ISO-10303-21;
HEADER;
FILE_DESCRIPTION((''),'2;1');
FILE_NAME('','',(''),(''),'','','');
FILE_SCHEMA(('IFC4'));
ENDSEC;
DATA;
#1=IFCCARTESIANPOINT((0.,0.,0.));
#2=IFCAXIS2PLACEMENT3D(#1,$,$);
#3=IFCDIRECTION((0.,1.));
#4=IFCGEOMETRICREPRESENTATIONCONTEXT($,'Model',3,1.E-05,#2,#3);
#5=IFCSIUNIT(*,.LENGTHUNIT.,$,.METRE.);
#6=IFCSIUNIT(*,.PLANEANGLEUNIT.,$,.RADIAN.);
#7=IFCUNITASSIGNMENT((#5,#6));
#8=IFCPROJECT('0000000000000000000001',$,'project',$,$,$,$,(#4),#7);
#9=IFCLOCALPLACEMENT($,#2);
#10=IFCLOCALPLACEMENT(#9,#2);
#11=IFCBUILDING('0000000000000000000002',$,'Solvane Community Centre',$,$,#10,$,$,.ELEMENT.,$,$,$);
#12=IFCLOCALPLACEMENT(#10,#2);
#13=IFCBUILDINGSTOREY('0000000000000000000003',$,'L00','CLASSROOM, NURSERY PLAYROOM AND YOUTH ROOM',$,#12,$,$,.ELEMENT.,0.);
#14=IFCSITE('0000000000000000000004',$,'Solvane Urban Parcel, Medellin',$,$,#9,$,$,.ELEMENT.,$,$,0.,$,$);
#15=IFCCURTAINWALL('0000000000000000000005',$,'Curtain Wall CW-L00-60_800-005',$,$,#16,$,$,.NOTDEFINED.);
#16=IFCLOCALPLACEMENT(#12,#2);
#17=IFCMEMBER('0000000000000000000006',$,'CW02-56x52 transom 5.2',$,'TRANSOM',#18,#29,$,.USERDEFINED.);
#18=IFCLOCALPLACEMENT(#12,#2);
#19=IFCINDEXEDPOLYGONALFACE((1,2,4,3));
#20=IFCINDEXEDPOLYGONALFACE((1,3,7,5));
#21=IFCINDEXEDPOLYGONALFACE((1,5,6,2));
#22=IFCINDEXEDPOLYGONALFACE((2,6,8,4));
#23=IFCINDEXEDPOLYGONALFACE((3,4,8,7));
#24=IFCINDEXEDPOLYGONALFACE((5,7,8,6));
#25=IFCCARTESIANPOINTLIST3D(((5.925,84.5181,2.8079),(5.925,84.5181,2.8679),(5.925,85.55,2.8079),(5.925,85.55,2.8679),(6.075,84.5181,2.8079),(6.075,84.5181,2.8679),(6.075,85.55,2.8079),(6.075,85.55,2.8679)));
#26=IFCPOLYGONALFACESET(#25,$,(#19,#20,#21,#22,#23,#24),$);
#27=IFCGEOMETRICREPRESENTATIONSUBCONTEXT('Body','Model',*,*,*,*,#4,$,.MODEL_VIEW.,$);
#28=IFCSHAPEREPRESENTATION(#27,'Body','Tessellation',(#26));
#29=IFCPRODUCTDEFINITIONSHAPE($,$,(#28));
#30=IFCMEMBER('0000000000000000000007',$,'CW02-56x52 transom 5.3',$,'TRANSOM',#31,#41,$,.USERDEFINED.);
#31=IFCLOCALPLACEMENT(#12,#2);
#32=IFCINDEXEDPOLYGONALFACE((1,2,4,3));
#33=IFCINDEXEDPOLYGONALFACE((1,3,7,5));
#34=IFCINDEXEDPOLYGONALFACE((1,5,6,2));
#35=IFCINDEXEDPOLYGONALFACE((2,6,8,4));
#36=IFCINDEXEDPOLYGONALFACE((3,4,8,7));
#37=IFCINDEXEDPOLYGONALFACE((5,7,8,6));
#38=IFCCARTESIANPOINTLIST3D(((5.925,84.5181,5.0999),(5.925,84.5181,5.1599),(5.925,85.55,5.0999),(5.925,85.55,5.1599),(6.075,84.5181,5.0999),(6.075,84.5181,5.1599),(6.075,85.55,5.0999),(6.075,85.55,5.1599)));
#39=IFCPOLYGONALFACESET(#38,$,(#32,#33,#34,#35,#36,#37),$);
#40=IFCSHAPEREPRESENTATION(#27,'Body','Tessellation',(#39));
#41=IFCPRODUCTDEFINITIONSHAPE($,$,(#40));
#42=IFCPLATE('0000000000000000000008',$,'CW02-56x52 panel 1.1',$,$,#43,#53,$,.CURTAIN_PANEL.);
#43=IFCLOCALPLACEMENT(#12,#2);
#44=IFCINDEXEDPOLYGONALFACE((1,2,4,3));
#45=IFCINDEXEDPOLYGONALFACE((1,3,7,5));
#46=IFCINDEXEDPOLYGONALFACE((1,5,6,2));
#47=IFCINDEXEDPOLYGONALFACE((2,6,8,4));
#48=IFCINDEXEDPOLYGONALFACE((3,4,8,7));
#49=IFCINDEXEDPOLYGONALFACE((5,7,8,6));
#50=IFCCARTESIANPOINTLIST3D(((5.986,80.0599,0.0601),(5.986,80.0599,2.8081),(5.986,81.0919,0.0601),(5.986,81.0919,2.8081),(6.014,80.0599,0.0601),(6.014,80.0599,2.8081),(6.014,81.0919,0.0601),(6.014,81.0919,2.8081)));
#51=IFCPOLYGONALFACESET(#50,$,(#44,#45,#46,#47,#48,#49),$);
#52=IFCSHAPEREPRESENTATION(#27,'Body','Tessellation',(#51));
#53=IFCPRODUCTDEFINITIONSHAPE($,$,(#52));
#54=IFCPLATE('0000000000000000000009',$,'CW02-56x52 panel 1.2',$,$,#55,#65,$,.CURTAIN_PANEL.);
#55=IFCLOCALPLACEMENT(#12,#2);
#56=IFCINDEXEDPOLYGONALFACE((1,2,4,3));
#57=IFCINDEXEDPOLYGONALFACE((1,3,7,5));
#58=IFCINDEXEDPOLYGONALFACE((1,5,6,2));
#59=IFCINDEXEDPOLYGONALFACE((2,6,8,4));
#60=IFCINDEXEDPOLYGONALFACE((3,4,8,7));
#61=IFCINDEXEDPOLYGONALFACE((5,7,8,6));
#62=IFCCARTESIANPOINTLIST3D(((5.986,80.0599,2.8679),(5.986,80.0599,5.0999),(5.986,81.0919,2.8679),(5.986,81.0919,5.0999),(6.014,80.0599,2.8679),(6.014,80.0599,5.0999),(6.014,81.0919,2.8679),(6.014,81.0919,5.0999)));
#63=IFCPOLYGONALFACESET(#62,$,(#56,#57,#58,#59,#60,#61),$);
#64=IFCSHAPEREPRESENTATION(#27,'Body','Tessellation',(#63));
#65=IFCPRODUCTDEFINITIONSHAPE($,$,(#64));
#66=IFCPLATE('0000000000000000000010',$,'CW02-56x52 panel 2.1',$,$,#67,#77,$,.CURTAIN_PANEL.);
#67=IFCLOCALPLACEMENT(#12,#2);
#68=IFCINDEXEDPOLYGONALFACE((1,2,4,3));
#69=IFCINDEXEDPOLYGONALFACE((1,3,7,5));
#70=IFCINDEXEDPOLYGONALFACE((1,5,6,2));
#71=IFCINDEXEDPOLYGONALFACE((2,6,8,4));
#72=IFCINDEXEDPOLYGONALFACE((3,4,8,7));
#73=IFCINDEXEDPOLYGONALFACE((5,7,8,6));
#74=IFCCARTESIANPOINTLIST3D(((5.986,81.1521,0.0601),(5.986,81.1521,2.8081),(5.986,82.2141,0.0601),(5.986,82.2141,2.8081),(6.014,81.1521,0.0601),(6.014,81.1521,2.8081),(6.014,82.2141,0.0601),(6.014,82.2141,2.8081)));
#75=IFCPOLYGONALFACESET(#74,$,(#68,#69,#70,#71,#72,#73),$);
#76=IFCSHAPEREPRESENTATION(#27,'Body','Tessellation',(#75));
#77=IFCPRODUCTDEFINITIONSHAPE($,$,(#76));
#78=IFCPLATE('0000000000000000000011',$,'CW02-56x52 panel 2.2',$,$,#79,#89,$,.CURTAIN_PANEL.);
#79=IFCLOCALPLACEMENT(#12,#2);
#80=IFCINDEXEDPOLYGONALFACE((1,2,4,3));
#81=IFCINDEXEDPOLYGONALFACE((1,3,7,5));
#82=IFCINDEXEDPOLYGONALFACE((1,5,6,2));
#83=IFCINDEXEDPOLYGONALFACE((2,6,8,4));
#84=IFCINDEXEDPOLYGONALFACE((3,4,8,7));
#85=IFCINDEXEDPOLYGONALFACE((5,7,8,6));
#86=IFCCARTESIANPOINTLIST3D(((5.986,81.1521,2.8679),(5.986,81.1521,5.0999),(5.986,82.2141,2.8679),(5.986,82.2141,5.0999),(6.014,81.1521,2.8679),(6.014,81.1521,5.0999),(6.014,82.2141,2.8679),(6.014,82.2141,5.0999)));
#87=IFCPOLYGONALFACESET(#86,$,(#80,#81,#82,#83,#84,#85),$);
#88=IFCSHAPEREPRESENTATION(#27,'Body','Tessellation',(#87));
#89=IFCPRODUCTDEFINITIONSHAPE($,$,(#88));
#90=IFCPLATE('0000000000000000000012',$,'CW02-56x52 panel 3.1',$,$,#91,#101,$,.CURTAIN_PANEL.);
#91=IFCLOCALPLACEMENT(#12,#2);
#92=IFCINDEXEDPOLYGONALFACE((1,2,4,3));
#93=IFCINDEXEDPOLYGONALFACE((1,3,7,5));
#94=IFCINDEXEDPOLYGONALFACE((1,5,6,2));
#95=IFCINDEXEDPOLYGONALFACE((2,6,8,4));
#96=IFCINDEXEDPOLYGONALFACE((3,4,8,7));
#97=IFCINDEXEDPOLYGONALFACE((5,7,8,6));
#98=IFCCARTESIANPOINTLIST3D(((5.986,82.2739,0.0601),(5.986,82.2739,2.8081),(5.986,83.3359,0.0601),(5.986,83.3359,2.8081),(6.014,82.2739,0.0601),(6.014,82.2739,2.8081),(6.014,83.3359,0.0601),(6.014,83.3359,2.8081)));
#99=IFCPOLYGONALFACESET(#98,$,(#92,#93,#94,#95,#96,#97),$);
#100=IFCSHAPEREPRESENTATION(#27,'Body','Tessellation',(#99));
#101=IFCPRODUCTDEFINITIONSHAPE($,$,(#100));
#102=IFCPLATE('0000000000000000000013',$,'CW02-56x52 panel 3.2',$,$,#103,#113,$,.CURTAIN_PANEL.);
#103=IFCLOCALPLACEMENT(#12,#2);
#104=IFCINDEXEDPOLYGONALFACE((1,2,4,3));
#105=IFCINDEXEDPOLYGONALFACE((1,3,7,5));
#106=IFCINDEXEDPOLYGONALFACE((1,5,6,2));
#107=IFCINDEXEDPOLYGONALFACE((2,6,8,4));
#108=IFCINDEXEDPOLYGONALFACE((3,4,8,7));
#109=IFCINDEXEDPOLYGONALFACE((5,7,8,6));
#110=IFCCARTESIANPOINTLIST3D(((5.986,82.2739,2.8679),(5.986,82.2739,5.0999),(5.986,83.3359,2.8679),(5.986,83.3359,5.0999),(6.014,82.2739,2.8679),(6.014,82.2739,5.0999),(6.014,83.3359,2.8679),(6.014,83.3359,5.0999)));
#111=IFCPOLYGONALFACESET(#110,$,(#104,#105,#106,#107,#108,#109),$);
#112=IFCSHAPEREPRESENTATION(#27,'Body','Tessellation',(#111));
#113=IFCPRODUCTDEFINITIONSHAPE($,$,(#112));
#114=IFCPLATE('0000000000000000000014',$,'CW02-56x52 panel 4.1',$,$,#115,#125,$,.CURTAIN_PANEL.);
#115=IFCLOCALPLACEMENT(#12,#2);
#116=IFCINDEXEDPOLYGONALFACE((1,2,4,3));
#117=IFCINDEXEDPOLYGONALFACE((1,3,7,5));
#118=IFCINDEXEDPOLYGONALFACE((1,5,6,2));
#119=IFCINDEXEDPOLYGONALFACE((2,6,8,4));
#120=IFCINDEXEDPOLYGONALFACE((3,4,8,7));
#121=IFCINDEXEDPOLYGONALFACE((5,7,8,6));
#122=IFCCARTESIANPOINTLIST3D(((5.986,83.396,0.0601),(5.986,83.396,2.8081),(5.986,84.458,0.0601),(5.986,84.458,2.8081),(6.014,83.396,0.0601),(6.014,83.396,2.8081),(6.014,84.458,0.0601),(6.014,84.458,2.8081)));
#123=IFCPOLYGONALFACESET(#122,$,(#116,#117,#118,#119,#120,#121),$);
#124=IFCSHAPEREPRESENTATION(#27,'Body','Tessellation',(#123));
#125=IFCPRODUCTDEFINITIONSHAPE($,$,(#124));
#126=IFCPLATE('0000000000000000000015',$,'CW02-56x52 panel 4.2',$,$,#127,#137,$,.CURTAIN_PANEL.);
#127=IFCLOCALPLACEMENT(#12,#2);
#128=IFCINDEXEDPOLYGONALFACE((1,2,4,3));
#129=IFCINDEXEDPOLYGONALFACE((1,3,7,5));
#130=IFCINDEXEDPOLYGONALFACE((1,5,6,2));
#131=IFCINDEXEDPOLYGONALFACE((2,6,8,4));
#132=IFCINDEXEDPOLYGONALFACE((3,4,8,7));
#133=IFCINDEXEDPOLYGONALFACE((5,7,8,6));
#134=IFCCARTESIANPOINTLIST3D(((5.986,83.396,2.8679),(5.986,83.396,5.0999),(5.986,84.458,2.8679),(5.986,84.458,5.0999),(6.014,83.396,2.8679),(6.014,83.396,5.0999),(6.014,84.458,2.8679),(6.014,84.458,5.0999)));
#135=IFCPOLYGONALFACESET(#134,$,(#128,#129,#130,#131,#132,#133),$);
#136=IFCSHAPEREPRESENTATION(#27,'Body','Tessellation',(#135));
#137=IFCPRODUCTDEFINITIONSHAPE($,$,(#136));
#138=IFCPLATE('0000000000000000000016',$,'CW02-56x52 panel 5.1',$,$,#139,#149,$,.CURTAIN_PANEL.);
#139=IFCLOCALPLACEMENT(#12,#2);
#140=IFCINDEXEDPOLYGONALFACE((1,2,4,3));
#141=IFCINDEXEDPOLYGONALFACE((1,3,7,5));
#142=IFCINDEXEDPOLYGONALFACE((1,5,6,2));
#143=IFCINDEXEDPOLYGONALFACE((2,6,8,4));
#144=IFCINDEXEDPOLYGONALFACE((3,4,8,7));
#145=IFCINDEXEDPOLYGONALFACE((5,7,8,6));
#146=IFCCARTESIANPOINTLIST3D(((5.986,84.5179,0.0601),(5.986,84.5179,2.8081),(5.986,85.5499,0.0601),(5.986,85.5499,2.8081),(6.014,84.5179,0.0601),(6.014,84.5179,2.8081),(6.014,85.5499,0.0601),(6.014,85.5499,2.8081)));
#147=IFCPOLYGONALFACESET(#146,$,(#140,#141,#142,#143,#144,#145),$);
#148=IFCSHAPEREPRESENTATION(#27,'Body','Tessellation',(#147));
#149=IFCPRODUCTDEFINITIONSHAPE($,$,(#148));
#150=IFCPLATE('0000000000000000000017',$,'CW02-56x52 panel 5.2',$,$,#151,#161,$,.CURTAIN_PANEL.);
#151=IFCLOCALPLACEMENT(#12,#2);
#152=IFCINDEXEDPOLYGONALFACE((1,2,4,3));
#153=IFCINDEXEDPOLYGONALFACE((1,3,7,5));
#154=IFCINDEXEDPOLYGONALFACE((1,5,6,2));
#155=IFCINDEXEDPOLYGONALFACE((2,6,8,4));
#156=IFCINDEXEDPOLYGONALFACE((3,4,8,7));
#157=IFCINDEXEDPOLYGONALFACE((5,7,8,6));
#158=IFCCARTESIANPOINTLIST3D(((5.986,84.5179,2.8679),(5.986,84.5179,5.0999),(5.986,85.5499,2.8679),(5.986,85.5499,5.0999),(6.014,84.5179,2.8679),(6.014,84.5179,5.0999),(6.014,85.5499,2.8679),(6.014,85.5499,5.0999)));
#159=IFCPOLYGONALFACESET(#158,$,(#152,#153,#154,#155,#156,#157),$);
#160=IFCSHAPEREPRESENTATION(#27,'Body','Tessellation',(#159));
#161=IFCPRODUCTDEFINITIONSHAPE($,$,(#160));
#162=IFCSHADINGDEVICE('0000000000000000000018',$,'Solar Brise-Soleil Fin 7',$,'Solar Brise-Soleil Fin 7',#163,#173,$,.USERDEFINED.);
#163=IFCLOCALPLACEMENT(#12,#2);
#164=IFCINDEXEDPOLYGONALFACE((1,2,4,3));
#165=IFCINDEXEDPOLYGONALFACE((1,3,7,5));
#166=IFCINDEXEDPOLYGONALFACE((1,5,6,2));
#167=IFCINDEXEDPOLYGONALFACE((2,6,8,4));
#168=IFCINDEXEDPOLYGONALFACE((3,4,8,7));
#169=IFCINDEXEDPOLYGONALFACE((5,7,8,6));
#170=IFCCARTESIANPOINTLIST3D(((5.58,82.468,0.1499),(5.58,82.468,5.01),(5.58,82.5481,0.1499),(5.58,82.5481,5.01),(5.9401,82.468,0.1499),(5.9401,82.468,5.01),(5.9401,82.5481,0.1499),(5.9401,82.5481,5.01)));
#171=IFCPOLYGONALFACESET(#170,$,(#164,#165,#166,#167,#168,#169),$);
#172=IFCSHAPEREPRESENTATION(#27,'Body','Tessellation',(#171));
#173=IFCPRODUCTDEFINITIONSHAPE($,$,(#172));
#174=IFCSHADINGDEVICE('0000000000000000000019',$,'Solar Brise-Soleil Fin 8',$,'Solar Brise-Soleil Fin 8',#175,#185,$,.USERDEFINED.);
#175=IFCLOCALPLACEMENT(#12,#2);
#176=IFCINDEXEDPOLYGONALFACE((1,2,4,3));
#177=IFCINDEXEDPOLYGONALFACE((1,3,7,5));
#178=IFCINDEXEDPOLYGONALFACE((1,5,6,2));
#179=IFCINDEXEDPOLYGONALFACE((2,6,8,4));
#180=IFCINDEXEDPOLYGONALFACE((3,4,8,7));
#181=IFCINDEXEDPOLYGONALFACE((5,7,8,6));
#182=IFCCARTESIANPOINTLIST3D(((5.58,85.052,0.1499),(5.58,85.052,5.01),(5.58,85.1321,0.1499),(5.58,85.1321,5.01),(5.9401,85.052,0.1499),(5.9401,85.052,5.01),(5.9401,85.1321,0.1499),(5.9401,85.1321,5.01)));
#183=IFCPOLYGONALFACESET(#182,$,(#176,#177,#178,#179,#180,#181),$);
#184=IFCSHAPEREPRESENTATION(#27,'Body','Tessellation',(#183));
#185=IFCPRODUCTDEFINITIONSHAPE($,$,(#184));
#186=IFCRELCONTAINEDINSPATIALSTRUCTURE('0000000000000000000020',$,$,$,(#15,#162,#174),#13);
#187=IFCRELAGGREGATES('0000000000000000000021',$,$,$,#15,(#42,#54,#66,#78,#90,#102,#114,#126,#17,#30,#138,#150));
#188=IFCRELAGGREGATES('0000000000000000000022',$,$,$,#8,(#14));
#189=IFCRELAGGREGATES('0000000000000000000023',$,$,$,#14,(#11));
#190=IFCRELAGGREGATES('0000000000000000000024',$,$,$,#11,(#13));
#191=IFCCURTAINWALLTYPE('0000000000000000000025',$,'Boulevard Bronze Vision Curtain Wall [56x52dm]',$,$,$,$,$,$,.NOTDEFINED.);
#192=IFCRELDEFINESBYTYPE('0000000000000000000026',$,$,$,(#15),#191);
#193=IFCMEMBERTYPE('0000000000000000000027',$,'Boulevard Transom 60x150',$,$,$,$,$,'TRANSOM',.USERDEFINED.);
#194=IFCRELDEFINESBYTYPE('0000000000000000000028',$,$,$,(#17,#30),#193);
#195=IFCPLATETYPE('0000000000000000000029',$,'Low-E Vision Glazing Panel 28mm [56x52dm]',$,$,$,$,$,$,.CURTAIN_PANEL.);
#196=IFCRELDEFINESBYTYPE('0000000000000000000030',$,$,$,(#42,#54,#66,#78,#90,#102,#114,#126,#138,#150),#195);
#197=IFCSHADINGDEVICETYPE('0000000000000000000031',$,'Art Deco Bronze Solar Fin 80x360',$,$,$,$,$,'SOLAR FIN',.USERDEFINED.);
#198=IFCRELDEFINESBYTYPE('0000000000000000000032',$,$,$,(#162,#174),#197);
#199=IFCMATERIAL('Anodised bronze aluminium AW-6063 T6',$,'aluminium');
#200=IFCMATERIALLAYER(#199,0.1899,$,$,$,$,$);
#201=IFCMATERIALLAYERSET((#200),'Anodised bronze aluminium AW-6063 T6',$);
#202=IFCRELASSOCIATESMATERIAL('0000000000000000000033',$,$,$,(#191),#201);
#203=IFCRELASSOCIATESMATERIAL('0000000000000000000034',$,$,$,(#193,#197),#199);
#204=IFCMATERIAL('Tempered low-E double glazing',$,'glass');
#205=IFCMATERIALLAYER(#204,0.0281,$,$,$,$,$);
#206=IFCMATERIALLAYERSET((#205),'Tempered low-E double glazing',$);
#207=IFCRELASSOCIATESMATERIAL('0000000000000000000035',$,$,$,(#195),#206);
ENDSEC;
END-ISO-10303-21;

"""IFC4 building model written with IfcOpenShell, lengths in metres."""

from ifc_helpers import new_model, si_unit, direction, frame, origin, origin_2d, place, context, subcontext, project, spatial, rectangle, extrude, material, layer, layer_set, material_profile, profile_set, type_object, element, aggregate, save


model = new_model("IFC4")

# Units and contexts
model_context = context("Model", 3, precision=1e-05, world=origin(), true_north=direction((0.0, 1.0)))
body_context = subcontext(model_context, "Body", "Model", "MODEL_VIEW")
ifc_project = project(units=[si_unit("LENGTHUNIT", "METRE"), si_unit("PLANEANGLEUNIT", "RADIAN")], contexts=[model_context])

# Site, building, storey
site_placement = place(None, origin())
site = spatial("IfcSite", under=ifc_project, at=site_placement, Name="Solvane Urban Parcel, Medellin", CompositionType="ELEMENT", RefElevation=0.0)
building_placement = place(site_placement, origin())
building = spatial("IfcBuilding", under=site, at=building_placement, Name="Solvane Community Centre", CompositionType="ELEMENT")
storey_placement = place(building_placement, origin())
storey = spatial("IfcBuildingStorey", under=building, at=storey_placement, Name="L00", Description="CLASSROOM, NURSERY PLAYROOM AND YOUTH ROOM", CompositionType="ELEMENT", Elevation=0.0)

# Curtain wall, members, plates
ifc_material_1 = material(Name="Anodised bronze aluminium AW-6063 T6", Category="aluminium")
ifc_layer_1 = layer(ifc_material_1, 0.1899)
ifc_layer_set_1 = layer_set([ifc_layer_1], Name="Anodised bronze aluminium AW-6063 T6")
curtain_wall_type = type_object("IfcCurtainWallType", Name="Boulevard Bronze Vision Curtain Wall [56x52dm]", PredefinedType="NOTDEFINED", material=ifc_layer_set_1)
curtain_wall_placement = place(storey_placement, origin())
curtain_wall = element("IfcCurtainWall", 1, at=curtain_wall_placement, inside=storey, type_object=curtain_wall_type, Name="Curtain Wall CW-L00-60_800-005", PredefinedType="NOTDEFINED")
ifc_material_profile_1 = material_profile(ifc_material_1, rectangle(XDim=0.1499, YDim=0.0601, at=origin_2d()), Name="CW-T 60x150")
ifc_profile_set_1 = profile_set([ifc_material_profile_1], Name="Anodised bronze aluminium AW-6063 T6")
member_type_1 = type_object("IfcMemberType", Name="Boulevard Transom 60x150", ElementType="TRANSOM", PredefinedType="USERDEFINED", material=ifc_profile_set_1)
member_1_placement = place(storey_placement, frame((6.0, 84.5181, 2.8379), z_axis=(0.0, 1.0, 0.0), x_axis=(-1.0, 0.0, 0.0)))
member_1 = element("IfcMember", 2, at=member_1_placement, type_object=member_type_1, Name="CW02-56x52 transom 5.2", ObjectType="TRANSOM", PredefinedType="USERDEFINED", context=body_context, shape_type="SweptSolid", body=[
    extrude(rectangle(XDim=0.1499, YDim=0.0601, at=origin_2d()), origin(), (0.0, 0.0, 1.0), 1.032),
])
member_2_placement = place(storey_placement, frame((6.0, 84.5181, 5.1299), z_axis=(0.0, 1.0, 0.0), x_axis=(-1.0, 0.0, 0.0)))
member_2 = element("IfcMember", 3, at=member_2_placement, type_object=member_type_1, Name="CW02-56x52 transom 5.3", ObjectType="TRANSOM", PredefinedType="USERDEFINED", context=body_context, shape_type="SweptSolid", body=[
    extrude(rectangle(XDim=0.1499, YDim=0.0601, at=origin_2d()), origin(), (0.0, 0.0, 1.0), 1.032),
])
ifc_material_2 = material(Name="Tempered low-E double glazing", Category="glass")
ifc_layer_2 = layer(ifc_material_2, 0.0281)
ifc_layer_set_2 = layer_set([ifc_layer_2], Name="Tempered low-E double glazing")
plate_type = type_object("IfcPlateType", Name="Low-E Vision Glazing Panel 28mm [56x52dm]", PredefinedType="CURTAIN_PANEL", material=ifc_layer_set_2)
plate_1_placement = place(storey_placement, frame((6.0, 80.5759, 0.0601), z_axis=(0.0, 0.0, 1.0), x_axis=(0.0, 1.0, 0.0)))
plate_1 = element("IfcPlate", 4, at=plate_1_placement, type_object=plate_type, Name="CW02-56x52 panel 1.1", PredefinedType="CURTAIN_PANEL", context=body_context, shape_type="SweptSolid", body=[
    extrude(rectangle(XDim=1.032, YDim=0.0281, at=origin_2d()), origin(), (0.0, 0.0, 1.0), 2.748),
])
plate_2_placement = place(storey_placement, frame((6.0, 80.5759, 2.8679), z_axis=(0.0, 0.0, 1.0), x_axis=(0.0, 1.0, 0.0)))
plate_2 = element("IfcPlate", 5, at=plate_2_placement, type_object=plate_type, Name="CW02-56x52 panel 1.2", PredefinedType="CURTAIN_PANEL", context=body_context, shape_type="SweptSolid", body=[
    extrude(rectangle(XDim=1.032, YDim=0.0281, at=origin_2d()), origin(), (0.0, 0.0, 1.0), 2.2319),
])
plate_3_placement = place(storey_placement, frame((6.0, 81.6831, 0.0601), z_axis=(0.0, 0.0, 1.0), x_axis=(0.0, 1.0, 0.0)))
plate_3 = element("IfcPlate", 6, at=plate_3_placement, type_object=plate_type, Name="CW02-56x52 panel 2.1", PredefinedType="CURTAIN_PANEL", context=body_context, shape_type="SweptSolid", body=[
    extrude(rectangle(XDim=1.062, YDim=0.0281, at=origin_2d()), origin(), (0.0, 0.0, 1.0), 2.748),
])
plate_4_placement = place(storey_placement, frame((6.0, 81.6831, 2.8679), z_axis=(0.0, 0.0, 1.0), x_axis=(0.0, 1.0, 0.0)))
plate_4 = element("IfcPlate", 7, at=plate_4_placement, type_object=plate_type, Name="CW02-56x52 panel 2.2", PredefinedType="CURTAIN_PANEL", context=body_context, shape_type="SweptSolid", body=[
    extrude(rectangle(XDim=1.062, YDim=0.0281, at=origin_2d()), origin(), (0.0, 0.0, 1.0), 2.2319),
])
plate_5_placement = place(storey_placement, frame((6.0, 82.8049, 0.0601), z_axis=(0.0, 0.0, 1.0), x_axis=(0.0, 1.0, 0.0)))
plate_5 = element("IfcPlate", 8, at=plate_5_placement, type_object=plate_type, Name="CW02-56x52 panel 3.1", PredefinedType="CURTAIN_PANEL", context=body_context, shape_type="SweptSolid", body=[
    extrude(rectangle(XDim=1.062, YDim=0.0281, at=origin_2d()), origin(), (0.0, 0.0, 1.0), 2.748),
])
plate_6_placement = place(storey_placement, frame((6.0, 82.8049, 2.8679), z_axis=(0.0, 0.0, 1.0), x_axis=(0.0, 1.0, 0.0)))
plate_6 = element("IfcPlate", 9, at=plate_6_placement, type_object=plate_type, Name="CW02-56x52 panel 3.2", PredefinedType="CURTAIN_PANEL", context=body_context, shape_type="SweptSolid", body=[
    extrude(rectangle(XDim=1.062, YDim=0.0281, at=origin_2d()), origin(), (0.0, 0.0, 1.0), 2.2319),
])
plate_7_placement = place(storey_placement, frame((6.0, 83.927, 0.0601), z_axis=(0.0, 0.0, 1.0), x_axis=(0.0, 1.0, 0.0)))
plate_7 = element("IfcPlate", 10, at=plate_7_placement, type_object=plate_type, Name="CW02-56x52 panel 4.1", PredefinedType="CURTAIN_PANEL", context=body_context, shape_type="SweptSolid", body=[
    extrude(rectangle(XDim=1.062, YDim=0.0281, at=origin_2d()), origin(), (0.0, 0.0, 1.0), 2.748),
])
plate_8_placement = place(storey_placement, frame((6.0, 83.927, 2.8679), z_axis=(0.0, 0.0, 1.0), x_axis=(0.0, 1.0, 0.0)))
plate_8 = element("IfcPlate", 11, at=plate_8_placement, type_object=plate_type, Name="CW02-56x52 panel 4.2", PredefinedType="CURTAIN_PANEL", context=body_context, shape_type="SweptSolid", body=[
    extrude(rectangle(XDim=1.062, YDim=0.0281, at=origin_2d()), origin(), (0.0, 0.0, 1.0), 2.2319),
])
plate_9_placement = place(storey_placement, frame((6.0, 85.0339, 0.0601), z_axis=(0.0, 0.0, 1.0), x_axis=(0.0, 1.0, 0.0)))
plate_9 = element("IfcPlate", 12, at=plate_9_placement, type_object=plate_type, Name="CW02-56x52 panel 5.1", PredefinedType="CURTAIN_PANEL", context=body_context, shape_type="SweptSolid", body=[
    extrude(rectangle(XDim=1.032, YDim=0.0281, at=origin_2d()), origin(), (0.0, 0.0, 1.0), 2.748),
])
plate_10_placement = place(storey_placement, frame((6.0, 85.0339, 2.8679), z_axis=(0.0, 0.0, 1.0), x_axis=(0.0, 1.0, 0.0)))
plate_10 = element("IfcPlate", 13, at=plate_10_placement, type_object=plate_type, Name="CW02-56x52 panel 5.2", PredefinedType="CURTAIN_PANEL", context=body_context, shape_type="SweptSolid", body=[
    extrude(rectangle(XDim=1.032, YDim=0.0281, at=origin_2d()), origin(), (0.0, 0.0, 1.0), 2.2319),
])
aggregate(curtain_wall, [plate_1, plate_2, plate_3, plate_4, plate_5, plate_6, plate_7, plate_8, member_1, member_2, plate_9, plate_10])

# Shading devices
shading_device_type = type_object("IfcShadingDeviceType", Name="Art Deco Bronze Solar Fin 80x360", ElementType="SOLAR FIN", PredefinedType="USERDEFINED", material=ifc_material_1)
shading_device_1_placement = place(storey_placement, frame((5.76, 82.5081, 0.1499), z_axis=(0.0, 0.0, 1.0), x_axis=(0.0, 1.0, 0.0)))
element("IfcShadingDevice", 14, at=shading_device_1_placement, inside=storey, type_object=shading_device_type, Name="Solar Brise-Soleil Fin 7", ObjectType="Solar Brise-Soleil Fin 7", PredefinedType="USERDEFINED", context=body_context, shape_type="SweptSolid", body=[
    extrude(rectangle(XDim=0.0801, YDim=0.3601, at=origin_2d()), origin(), (0.0, 0.0, 1.0), 4.8601),
])
shading_device_2_placement = place(storey_placement, frame((5.76, 85.092, 0.1499), z_axis=(0.0, 0.0, 1.0), x_axis=(0.0, 1.0, 0.0)))
element("IfcShadingDevice", 15, at=shading_device_2_placement, inside=storey, type_object=shading_device_type, Name="Solar Brise-Soleil Fin 8", ObjectType="Solar Brise-Soleil Fin 8", PredefinedType="USERDEFINED", context=body_context, shape_type="SweptSolid", body=[
    extrude(rectangle(XDim=0.0801, YDim=0.3601, at=origin_2d()), origin(), (0.0, 0.0, 1.0), 4.8601),
])

save(model, "model.ifc")
